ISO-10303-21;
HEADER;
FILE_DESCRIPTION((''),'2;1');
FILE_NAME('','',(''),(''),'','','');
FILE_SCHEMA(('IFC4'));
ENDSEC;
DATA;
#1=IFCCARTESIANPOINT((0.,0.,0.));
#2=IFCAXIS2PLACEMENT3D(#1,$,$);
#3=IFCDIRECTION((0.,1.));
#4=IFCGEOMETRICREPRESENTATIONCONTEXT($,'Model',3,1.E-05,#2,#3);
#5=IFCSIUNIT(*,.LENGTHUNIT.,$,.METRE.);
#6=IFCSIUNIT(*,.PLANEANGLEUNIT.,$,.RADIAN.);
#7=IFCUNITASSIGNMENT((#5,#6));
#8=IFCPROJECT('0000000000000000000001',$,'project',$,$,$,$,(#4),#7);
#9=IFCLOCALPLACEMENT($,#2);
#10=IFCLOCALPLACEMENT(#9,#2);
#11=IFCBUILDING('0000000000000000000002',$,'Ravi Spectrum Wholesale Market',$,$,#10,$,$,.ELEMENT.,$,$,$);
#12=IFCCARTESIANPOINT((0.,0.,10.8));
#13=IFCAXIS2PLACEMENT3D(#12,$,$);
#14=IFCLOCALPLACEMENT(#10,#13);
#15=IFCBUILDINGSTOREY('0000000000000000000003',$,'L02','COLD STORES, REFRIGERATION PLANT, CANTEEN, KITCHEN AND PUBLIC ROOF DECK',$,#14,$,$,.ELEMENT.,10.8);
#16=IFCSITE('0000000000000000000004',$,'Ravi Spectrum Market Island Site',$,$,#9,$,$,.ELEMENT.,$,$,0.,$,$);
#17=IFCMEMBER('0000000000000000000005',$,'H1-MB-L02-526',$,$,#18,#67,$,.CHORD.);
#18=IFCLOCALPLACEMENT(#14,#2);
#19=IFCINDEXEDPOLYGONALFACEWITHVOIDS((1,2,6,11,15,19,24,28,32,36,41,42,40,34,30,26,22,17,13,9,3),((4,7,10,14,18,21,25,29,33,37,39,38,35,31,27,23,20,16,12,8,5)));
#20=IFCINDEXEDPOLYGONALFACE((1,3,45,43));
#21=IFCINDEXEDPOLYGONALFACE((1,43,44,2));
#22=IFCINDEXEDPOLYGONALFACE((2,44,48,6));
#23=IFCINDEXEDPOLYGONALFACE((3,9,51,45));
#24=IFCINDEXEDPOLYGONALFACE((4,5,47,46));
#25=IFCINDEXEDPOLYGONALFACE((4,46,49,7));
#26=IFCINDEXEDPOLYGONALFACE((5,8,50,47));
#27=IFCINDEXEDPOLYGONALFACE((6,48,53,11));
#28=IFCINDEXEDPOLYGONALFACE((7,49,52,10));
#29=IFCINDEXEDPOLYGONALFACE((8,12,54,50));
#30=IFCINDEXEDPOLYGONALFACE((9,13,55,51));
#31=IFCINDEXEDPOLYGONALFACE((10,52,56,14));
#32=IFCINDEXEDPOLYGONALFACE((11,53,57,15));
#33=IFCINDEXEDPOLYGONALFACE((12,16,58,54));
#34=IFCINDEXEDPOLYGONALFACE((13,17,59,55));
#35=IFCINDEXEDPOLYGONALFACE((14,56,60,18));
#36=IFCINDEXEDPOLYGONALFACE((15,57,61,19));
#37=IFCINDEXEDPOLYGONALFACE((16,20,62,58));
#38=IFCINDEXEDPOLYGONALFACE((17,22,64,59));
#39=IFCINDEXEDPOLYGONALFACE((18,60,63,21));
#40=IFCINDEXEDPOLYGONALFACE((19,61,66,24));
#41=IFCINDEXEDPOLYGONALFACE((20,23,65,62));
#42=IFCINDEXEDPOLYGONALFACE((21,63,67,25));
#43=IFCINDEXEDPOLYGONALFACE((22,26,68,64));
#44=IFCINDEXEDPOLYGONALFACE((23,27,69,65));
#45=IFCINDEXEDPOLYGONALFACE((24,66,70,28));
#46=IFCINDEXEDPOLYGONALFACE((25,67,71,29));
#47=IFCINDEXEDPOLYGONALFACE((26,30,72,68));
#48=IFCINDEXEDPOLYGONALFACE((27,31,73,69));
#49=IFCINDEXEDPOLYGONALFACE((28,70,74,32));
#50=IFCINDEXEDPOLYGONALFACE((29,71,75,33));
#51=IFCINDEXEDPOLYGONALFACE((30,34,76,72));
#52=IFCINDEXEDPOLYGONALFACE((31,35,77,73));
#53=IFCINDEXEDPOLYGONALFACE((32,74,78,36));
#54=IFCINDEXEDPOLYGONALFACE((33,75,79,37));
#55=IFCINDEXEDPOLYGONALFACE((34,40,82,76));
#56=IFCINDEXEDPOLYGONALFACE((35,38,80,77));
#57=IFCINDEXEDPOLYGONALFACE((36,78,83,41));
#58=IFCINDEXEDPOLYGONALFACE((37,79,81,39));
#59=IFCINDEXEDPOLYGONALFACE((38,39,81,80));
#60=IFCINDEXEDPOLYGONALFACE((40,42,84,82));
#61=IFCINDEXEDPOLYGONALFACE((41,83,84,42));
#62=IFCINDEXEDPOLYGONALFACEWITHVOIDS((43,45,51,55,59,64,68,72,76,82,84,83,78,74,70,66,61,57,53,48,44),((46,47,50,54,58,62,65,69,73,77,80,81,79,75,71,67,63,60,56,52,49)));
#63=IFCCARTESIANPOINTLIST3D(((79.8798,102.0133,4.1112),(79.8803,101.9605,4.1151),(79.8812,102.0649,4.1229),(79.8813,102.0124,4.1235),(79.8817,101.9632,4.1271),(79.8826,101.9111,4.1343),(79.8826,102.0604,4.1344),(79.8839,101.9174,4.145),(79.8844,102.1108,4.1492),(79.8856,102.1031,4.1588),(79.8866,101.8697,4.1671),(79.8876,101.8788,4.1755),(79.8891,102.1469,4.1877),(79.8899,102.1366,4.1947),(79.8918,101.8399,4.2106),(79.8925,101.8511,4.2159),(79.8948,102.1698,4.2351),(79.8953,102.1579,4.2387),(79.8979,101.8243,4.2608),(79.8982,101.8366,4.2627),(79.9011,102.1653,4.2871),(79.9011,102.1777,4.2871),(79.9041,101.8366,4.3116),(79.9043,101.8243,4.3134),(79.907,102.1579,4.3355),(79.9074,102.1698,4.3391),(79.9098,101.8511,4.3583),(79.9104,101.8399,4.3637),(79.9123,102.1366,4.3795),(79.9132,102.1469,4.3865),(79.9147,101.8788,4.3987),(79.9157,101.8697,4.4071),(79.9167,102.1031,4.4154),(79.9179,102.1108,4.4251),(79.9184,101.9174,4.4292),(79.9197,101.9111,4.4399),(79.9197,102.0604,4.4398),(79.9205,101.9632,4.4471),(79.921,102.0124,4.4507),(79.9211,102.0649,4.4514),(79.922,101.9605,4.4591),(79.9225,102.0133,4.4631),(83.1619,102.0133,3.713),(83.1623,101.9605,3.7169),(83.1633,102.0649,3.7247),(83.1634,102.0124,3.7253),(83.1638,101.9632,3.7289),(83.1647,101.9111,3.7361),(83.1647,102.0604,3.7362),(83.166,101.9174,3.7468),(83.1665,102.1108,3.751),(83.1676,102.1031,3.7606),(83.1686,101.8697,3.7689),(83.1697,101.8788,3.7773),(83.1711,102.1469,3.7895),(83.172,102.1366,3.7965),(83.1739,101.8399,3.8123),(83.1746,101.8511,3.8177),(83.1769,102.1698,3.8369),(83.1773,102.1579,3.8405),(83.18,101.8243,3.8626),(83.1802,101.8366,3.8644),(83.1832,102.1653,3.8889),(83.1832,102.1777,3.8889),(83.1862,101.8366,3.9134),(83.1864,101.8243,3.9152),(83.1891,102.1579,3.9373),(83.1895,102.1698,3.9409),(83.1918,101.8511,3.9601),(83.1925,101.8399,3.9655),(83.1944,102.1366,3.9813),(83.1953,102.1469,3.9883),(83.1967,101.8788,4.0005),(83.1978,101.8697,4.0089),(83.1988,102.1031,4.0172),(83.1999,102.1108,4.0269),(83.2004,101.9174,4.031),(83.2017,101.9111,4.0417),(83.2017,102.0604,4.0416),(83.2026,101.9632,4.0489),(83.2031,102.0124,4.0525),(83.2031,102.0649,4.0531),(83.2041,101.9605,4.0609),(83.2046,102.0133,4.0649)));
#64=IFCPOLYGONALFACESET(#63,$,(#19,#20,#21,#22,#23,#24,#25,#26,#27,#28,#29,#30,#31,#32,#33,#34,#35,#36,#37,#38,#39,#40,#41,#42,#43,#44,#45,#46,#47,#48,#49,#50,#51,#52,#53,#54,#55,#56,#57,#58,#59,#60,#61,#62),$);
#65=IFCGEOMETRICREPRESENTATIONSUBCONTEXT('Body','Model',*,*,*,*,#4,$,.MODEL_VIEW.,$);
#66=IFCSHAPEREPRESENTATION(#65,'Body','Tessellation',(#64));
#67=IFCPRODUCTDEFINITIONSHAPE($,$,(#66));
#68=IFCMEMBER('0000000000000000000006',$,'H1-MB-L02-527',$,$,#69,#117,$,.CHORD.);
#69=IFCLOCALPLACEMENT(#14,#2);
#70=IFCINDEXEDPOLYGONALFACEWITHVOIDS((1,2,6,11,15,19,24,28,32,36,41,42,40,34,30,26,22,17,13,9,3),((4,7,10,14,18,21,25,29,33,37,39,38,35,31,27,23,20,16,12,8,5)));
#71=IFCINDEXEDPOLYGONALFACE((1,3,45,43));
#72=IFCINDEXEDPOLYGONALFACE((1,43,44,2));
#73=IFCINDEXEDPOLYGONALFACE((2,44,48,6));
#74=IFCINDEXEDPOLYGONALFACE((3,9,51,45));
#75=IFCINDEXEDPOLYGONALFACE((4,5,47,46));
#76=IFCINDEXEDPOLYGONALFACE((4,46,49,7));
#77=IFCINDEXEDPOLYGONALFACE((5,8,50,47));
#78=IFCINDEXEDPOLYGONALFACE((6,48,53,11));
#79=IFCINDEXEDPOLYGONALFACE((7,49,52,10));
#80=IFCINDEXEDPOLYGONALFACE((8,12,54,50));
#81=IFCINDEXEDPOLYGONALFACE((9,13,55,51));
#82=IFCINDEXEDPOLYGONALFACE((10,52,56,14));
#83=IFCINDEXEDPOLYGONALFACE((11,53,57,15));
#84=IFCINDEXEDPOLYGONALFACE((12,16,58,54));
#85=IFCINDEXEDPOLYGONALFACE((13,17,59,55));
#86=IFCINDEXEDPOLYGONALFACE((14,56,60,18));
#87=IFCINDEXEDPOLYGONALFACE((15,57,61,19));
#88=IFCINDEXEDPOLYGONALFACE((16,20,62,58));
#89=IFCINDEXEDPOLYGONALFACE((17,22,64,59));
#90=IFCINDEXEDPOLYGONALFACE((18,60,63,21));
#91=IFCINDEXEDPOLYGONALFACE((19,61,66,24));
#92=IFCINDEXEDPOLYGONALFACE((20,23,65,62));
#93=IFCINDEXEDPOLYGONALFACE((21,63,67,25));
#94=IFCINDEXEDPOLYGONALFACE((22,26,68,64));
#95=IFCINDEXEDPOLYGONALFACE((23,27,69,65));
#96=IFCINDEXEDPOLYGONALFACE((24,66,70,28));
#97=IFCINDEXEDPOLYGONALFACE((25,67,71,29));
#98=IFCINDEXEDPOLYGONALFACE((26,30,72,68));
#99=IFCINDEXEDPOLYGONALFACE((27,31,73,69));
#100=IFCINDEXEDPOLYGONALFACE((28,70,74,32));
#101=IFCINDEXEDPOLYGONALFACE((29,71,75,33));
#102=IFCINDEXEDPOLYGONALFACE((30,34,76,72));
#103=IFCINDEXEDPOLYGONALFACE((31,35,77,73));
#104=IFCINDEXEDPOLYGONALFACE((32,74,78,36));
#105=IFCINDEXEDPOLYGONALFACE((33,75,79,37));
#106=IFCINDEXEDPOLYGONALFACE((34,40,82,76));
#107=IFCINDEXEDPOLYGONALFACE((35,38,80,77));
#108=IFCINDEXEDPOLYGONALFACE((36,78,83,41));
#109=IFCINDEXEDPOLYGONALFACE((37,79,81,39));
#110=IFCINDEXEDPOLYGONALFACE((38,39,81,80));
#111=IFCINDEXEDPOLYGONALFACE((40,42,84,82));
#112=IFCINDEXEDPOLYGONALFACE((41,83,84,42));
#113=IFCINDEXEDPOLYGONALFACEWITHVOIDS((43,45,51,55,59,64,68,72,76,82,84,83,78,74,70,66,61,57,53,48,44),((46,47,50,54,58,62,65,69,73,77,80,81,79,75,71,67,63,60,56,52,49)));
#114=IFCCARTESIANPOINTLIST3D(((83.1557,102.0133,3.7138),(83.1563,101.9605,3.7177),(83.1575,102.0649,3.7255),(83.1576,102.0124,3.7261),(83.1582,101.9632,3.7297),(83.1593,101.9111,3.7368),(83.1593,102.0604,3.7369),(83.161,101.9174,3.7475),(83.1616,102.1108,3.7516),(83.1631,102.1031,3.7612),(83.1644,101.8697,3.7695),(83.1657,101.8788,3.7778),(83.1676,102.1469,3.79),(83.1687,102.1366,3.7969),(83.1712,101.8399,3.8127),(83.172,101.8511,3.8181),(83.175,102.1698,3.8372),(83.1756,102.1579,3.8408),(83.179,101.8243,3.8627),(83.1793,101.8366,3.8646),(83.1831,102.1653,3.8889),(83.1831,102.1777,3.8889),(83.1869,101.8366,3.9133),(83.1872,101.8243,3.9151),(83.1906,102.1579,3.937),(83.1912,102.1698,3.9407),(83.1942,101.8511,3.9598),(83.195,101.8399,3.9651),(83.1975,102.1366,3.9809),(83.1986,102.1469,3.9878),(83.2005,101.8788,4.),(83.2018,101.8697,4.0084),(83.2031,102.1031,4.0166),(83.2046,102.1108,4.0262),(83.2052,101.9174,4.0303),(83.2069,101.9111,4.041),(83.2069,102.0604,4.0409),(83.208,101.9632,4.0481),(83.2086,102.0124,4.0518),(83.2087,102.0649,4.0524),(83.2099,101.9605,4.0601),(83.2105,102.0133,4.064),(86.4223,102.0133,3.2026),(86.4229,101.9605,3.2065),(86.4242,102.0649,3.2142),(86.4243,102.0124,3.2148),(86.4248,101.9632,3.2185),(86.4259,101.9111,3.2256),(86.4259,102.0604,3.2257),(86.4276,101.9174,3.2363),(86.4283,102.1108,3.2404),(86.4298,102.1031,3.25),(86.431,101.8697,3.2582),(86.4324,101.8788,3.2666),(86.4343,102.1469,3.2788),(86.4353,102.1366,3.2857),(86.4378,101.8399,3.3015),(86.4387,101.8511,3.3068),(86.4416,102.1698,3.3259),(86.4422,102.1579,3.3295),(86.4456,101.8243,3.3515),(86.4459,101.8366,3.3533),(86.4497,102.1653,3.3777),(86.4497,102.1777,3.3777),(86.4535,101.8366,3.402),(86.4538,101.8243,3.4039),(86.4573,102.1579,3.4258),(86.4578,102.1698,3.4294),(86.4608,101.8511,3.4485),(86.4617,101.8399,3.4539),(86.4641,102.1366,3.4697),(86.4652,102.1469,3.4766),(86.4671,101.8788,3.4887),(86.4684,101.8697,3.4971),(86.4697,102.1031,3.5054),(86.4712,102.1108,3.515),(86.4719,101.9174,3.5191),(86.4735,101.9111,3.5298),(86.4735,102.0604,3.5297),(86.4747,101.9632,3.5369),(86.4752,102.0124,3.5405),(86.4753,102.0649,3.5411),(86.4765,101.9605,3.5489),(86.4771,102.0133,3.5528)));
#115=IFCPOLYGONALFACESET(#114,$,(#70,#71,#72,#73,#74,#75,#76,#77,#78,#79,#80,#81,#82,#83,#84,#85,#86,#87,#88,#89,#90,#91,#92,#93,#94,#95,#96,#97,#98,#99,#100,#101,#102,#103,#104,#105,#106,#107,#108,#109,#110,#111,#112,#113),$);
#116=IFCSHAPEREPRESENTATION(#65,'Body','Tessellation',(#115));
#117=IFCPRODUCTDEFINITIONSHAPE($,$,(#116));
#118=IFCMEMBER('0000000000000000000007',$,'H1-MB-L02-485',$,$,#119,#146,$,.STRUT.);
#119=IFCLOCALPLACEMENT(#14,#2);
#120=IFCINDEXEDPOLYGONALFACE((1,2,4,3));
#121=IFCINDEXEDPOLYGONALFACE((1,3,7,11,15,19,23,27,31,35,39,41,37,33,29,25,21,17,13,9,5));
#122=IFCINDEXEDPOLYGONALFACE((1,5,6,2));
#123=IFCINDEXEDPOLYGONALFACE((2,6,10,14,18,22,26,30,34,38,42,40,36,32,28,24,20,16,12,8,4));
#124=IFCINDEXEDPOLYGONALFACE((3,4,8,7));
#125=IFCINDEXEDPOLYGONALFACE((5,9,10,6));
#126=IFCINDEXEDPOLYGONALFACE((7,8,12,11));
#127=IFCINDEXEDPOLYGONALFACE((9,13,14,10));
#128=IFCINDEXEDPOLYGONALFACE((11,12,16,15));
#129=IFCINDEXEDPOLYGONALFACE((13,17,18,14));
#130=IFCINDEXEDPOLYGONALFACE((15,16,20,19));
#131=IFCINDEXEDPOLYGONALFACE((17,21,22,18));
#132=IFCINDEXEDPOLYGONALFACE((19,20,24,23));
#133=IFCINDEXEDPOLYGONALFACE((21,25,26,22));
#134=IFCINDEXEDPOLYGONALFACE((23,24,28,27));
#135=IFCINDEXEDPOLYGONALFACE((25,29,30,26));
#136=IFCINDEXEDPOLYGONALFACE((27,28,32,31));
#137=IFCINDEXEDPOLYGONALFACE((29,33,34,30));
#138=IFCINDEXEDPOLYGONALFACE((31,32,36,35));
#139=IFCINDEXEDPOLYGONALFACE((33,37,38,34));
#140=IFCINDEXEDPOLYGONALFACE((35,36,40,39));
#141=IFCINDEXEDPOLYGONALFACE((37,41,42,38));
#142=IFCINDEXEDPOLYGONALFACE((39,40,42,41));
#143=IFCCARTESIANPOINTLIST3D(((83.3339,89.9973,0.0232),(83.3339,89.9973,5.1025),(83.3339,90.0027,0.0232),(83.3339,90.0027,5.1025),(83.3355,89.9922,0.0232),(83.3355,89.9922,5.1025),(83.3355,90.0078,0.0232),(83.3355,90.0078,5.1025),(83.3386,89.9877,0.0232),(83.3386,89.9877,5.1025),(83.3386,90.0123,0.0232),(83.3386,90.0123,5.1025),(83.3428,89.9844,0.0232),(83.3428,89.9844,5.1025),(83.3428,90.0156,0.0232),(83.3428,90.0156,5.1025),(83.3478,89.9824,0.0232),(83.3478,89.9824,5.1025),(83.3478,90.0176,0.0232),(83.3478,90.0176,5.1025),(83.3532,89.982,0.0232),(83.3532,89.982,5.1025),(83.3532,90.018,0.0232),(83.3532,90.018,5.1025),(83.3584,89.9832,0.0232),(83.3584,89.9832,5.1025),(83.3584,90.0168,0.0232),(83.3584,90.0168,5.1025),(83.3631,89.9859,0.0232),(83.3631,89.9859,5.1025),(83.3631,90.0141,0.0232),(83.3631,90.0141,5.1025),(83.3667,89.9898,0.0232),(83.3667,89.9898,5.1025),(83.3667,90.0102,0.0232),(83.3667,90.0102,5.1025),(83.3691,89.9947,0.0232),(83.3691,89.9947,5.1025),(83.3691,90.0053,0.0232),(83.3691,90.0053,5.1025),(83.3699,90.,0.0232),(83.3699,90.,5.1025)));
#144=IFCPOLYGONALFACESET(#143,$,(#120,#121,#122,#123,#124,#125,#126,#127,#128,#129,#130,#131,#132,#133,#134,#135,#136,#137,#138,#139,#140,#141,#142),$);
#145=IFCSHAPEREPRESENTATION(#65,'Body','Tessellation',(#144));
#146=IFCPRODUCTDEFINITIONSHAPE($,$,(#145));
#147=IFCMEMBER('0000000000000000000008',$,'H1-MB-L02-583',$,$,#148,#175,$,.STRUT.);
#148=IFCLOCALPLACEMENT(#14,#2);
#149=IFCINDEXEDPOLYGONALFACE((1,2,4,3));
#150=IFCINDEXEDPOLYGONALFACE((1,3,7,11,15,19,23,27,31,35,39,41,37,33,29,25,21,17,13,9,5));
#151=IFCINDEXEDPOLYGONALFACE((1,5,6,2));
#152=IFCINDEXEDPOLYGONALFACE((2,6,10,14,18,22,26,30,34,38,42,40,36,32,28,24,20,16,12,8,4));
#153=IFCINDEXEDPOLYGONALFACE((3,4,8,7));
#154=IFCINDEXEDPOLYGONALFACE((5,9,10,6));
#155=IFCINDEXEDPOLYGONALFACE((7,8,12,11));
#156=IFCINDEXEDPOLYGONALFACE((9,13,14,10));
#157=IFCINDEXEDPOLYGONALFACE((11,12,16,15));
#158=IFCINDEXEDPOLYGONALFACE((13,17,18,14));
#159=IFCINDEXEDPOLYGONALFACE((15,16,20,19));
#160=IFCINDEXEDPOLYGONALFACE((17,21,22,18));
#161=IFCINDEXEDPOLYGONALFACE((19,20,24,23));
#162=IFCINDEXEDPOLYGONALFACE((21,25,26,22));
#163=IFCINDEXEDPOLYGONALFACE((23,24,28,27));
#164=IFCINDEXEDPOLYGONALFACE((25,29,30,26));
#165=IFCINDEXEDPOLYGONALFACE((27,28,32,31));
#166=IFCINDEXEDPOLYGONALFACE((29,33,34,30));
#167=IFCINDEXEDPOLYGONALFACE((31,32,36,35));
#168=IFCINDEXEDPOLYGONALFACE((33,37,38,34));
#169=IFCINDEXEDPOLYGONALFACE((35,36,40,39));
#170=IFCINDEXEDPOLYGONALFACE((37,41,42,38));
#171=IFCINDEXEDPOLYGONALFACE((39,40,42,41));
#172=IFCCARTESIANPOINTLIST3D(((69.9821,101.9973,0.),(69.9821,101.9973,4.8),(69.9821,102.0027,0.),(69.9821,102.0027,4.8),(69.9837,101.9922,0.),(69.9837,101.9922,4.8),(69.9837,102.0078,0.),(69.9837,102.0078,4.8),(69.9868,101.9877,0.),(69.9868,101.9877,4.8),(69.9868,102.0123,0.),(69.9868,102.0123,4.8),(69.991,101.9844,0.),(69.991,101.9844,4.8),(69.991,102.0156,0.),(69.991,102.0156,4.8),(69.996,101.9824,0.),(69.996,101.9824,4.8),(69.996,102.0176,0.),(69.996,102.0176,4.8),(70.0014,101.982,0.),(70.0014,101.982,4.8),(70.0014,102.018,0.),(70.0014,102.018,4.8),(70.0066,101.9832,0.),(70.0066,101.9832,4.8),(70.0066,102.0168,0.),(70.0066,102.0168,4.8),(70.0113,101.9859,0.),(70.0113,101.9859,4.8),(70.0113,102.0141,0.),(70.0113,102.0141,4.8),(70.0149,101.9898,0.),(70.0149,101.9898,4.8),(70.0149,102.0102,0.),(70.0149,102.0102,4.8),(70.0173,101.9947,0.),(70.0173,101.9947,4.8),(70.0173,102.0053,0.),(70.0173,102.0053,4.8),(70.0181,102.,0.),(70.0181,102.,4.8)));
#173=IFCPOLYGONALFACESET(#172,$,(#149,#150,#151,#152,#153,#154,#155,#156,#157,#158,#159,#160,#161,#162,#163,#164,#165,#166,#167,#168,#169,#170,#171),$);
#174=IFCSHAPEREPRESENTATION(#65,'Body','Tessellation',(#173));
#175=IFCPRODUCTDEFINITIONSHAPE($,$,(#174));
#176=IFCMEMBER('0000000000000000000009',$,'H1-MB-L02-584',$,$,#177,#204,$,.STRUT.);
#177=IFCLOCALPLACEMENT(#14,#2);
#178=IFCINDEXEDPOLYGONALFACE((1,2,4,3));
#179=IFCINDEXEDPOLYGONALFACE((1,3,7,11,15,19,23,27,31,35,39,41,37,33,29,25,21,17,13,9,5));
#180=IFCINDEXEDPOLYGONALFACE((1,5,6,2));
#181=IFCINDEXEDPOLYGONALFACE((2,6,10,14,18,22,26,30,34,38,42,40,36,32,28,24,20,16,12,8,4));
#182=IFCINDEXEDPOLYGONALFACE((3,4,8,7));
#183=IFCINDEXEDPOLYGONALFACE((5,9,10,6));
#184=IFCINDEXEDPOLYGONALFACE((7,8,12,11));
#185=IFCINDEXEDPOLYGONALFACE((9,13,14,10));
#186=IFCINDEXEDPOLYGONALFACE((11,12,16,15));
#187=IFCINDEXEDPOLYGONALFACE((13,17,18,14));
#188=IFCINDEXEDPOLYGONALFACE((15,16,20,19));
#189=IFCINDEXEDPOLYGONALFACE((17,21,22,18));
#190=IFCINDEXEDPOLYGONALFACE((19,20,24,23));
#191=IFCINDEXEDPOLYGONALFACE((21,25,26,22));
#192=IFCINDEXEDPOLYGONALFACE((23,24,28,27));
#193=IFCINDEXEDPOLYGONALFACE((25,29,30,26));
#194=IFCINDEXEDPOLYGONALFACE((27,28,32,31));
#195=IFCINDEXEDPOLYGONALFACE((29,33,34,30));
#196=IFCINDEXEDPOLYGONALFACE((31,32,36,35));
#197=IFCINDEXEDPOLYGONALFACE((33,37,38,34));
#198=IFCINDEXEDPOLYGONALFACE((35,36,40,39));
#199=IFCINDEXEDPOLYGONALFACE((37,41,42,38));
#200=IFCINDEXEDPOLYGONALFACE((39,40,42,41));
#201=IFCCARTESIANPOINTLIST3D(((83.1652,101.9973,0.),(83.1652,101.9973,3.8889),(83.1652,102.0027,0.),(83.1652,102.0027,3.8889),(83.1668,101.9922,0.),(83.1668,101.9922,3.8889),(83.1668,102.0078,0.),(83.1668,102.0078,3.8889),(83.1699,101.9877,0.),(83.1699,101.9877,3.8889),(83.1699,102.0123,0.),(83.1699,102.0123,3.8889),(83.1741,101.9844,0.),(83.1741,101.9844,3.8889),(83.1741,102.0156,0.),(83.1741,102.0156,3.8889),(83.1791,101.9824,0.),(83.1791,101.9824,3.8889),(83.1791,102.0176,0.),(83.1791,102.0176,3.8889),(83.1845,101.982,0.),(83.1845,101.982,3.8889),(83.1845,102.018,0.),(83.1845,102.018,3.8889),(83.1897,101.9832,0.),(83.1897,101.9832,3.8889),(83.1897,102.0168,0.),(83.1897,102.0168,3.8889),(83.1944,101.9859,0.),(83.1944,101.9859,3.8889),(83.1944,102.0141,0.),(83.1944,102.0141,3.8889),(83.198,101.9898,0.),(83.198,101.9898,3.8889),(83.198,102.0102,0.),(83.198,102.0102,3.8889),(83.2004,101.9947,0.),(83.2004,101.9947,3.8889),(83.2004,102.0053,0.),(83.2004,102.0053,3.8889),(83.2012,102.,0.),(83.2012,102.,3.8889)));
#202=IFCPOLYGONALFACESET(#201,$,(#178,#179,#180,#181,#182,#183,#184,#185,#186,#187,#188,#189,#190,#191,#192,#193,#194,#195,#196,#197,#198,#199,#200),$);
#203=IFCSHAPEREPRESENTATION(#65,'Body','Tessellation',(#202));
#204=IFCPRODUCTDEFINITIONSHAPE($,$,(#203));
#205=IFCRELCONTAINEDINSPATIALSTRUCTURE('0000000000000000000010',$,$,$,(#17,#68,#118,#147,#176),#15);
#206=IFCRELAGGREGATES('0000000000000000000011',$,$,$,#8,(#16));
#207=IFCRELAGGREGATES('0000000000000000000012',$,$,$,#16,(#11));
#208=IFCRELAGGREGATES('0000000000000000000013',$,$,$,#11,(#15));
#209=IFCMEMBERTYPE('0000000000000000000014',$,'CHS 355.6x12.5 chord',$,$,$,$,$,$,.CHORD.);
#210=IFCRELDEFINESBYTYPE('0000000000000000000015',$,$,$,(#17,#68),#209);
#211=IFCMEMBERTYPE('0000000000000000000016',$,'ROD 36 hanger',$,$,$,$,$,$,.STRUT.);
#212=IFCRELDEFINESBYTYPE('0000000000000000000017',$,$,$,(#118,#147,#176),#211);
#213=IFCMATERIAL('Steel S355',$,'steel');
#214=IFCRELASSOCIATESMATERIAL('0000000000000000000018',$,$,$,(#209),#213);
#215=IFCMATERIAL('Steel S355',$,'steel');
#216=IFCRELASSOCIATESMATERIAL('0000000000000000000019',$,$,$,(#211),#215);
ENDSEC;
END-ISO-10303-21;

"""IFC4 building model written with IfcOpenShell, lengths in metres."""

from ifc_helpers import new_model, si_unit, direction, frame, origin, origin_2d, place, context, subcontext, project, spatial, circle, hollow_circle, extrude, material, material_profile, profile_set, type_object, element, save


model = new_model("IFC4")

# Units and contexts
model_context = context("Model", 3, precision=1e-05, world=origin(), true_north=direction((0.0, 1.0)))
body_context = subcontext(model_context, "Body", "Model", "MODEL_VIEW")
ifc_project = project(units=[si_unit("LENGTHUNIT", "METRE"), si_unit("PLANEANGLEUNIT", "RADIAN")], contexts=[model_context])

# Site, building, storey
site_placement = place(None, origin())
site = spatial("IfcSite", under=ifc_project, at=site_placement, Name="Ravi Spectrum Market Island Site", CompositionType="ELEMENT", RefElevation=0.0)
building_placement = place(site_placement, origin())
building = spatial("IfcBuilding", under=site, at=building_placement, Name="Ravi Spectrum Wholesale Market", CompositionType="ELEMENT")
storey_placement = place(building_placement, frame((0.0, 0.0, 10.8)))
storey = spatial("IfcBuildingStorey", under=building, at=storey_placement, Name="L02", Description="COLD STORES, REFRIGERATION PLANT, CANTEEN, KITCHEN AND PUBLIC ROOF DECK", CompositionType="ELEMENT", Elevation=10.8)

# Members
ifc_material_1 = material(Name="Steel S355", Category="steel")
ifc_material_profile_1 = material_profile(ifc_material_1, hollow_circle(Radius=0.1777, WallThickness=0.0125, at=origin_2d()))
ifc_profile_set_1 = profile_set([ifc_material_profile_1], Name="Steel S355")
member_type_1 = type_object("IfcMemberType", Name="CHS 355.6x12.5 chord", PredefinedType="CHORD", material=ifc_profile_set_1)
member_1_placement = place(storey_placement, frame((79.9011, 102.0, 4.2871), z_axis=(0.99272, 0.0, -0.120444), x_axis=(0.0, 1.0, 0.0)))
element("IfcMember", 1, at=member_1_placement, inside=storey, type_object=member_type_1, Name="H1-MB-L02-526", PredefinedType="CHORD", context=body_context, shape_type="SweptSolid", body=[
    extrude(hollow_circle(Radius=0.1777, WallThickness=0.0125, at=origin_2d()), origin(), (0.0, 0.0, 1.0), 3.3062),
])
member_2_placement = place(storey_placement, frame((83.1831, 102.0, 3.8889), z_axis=(0.987974, 0.0, -0.15462), x_axis=(0.0, 1.0, 0.0)))
element("IfcMember", 2, at=member_2_placement, inside=storey, type_object=member_type_1, Name="H1-MB-L02-527", PredefinedType="CHORD", context=body_context, shape_type="SweptSolid", body=[
    extrude(hollow_circle(Radius=0.1777, WallThickness=0.0125, at=origin_2d()), origin(), (0.0, 0.0, 1.0), 3.3064),
])
ifc_material_2 = material(Name="Steel S355", Category="steel")
ifc_material_profile_2 = material_profile(ifc_material_2, circle(Radius=0.0181, at=origin_2d()))
ifc_profile_set_2 = profile_set([ifc_material_profile_2], Name="Steel S355")
member_type_2 = type_object("IfcMemberType", Name="ROD 36 hanger", PredefinedType="STRUT", material=ifc_profile_set_2)
member_3_placement = place(storey_placement, frame((83.3518, 90.0, 0.0232), z_axis=(0.0, 0.0, 1.0), x_axis=(1.0, 0.0, 0.0)))
element("IfcMember", 3, at=member_3_placement, inside=storey, type_object=member_type_2, Name="H1-MB-L02-485", PredefinedType="STRUT", context=body_context, shape_type="SweptSolid", body=[
    extrude(circle(Radius=0.0181, at=origin_2d()), origin(), (0.0, 0.0, 1.0), 5.0793),
])
member_4_placement = place(storey_placement, frame((70.0, 102.0, 0.0), z_axis=(0.0, 0.0, 1.0), x_axis=(1.0, 0.0, 0.0)))
element("IfcMember", 4, at=member_4_placement, inside=storey, type_object=member_type_2, Name="H1-MB-L02-583", PredefinedType="STRUT", context=body_context, shape_type="SweptSolid", body=[
    extrude(circle(Radius=0.0181, at=origin_2d()), origin(), (0.0, 0.0, 1.0), 4.8),
])
member_5_placement = place(storey_placement, frame((83.1831, 102.0, 0.0), z_axis=(0.0, 0.0, 1.0), x_axis=(1.0, 0.0, 0.0)))
element("IfcMember", 5, at=member_5_placement, inside=storey, type_object=member_type_2, Name="H1-MB-L02-584", PredefinedType="STRUT", context=body_context, shape_type="SweptSolid", body=[
    extrude(circle(Radius=0.0181, at=origin_2d()), origin(), (0.0, 0.0, 1.0), 3.8889),
])

save(model, "model.ifc")
